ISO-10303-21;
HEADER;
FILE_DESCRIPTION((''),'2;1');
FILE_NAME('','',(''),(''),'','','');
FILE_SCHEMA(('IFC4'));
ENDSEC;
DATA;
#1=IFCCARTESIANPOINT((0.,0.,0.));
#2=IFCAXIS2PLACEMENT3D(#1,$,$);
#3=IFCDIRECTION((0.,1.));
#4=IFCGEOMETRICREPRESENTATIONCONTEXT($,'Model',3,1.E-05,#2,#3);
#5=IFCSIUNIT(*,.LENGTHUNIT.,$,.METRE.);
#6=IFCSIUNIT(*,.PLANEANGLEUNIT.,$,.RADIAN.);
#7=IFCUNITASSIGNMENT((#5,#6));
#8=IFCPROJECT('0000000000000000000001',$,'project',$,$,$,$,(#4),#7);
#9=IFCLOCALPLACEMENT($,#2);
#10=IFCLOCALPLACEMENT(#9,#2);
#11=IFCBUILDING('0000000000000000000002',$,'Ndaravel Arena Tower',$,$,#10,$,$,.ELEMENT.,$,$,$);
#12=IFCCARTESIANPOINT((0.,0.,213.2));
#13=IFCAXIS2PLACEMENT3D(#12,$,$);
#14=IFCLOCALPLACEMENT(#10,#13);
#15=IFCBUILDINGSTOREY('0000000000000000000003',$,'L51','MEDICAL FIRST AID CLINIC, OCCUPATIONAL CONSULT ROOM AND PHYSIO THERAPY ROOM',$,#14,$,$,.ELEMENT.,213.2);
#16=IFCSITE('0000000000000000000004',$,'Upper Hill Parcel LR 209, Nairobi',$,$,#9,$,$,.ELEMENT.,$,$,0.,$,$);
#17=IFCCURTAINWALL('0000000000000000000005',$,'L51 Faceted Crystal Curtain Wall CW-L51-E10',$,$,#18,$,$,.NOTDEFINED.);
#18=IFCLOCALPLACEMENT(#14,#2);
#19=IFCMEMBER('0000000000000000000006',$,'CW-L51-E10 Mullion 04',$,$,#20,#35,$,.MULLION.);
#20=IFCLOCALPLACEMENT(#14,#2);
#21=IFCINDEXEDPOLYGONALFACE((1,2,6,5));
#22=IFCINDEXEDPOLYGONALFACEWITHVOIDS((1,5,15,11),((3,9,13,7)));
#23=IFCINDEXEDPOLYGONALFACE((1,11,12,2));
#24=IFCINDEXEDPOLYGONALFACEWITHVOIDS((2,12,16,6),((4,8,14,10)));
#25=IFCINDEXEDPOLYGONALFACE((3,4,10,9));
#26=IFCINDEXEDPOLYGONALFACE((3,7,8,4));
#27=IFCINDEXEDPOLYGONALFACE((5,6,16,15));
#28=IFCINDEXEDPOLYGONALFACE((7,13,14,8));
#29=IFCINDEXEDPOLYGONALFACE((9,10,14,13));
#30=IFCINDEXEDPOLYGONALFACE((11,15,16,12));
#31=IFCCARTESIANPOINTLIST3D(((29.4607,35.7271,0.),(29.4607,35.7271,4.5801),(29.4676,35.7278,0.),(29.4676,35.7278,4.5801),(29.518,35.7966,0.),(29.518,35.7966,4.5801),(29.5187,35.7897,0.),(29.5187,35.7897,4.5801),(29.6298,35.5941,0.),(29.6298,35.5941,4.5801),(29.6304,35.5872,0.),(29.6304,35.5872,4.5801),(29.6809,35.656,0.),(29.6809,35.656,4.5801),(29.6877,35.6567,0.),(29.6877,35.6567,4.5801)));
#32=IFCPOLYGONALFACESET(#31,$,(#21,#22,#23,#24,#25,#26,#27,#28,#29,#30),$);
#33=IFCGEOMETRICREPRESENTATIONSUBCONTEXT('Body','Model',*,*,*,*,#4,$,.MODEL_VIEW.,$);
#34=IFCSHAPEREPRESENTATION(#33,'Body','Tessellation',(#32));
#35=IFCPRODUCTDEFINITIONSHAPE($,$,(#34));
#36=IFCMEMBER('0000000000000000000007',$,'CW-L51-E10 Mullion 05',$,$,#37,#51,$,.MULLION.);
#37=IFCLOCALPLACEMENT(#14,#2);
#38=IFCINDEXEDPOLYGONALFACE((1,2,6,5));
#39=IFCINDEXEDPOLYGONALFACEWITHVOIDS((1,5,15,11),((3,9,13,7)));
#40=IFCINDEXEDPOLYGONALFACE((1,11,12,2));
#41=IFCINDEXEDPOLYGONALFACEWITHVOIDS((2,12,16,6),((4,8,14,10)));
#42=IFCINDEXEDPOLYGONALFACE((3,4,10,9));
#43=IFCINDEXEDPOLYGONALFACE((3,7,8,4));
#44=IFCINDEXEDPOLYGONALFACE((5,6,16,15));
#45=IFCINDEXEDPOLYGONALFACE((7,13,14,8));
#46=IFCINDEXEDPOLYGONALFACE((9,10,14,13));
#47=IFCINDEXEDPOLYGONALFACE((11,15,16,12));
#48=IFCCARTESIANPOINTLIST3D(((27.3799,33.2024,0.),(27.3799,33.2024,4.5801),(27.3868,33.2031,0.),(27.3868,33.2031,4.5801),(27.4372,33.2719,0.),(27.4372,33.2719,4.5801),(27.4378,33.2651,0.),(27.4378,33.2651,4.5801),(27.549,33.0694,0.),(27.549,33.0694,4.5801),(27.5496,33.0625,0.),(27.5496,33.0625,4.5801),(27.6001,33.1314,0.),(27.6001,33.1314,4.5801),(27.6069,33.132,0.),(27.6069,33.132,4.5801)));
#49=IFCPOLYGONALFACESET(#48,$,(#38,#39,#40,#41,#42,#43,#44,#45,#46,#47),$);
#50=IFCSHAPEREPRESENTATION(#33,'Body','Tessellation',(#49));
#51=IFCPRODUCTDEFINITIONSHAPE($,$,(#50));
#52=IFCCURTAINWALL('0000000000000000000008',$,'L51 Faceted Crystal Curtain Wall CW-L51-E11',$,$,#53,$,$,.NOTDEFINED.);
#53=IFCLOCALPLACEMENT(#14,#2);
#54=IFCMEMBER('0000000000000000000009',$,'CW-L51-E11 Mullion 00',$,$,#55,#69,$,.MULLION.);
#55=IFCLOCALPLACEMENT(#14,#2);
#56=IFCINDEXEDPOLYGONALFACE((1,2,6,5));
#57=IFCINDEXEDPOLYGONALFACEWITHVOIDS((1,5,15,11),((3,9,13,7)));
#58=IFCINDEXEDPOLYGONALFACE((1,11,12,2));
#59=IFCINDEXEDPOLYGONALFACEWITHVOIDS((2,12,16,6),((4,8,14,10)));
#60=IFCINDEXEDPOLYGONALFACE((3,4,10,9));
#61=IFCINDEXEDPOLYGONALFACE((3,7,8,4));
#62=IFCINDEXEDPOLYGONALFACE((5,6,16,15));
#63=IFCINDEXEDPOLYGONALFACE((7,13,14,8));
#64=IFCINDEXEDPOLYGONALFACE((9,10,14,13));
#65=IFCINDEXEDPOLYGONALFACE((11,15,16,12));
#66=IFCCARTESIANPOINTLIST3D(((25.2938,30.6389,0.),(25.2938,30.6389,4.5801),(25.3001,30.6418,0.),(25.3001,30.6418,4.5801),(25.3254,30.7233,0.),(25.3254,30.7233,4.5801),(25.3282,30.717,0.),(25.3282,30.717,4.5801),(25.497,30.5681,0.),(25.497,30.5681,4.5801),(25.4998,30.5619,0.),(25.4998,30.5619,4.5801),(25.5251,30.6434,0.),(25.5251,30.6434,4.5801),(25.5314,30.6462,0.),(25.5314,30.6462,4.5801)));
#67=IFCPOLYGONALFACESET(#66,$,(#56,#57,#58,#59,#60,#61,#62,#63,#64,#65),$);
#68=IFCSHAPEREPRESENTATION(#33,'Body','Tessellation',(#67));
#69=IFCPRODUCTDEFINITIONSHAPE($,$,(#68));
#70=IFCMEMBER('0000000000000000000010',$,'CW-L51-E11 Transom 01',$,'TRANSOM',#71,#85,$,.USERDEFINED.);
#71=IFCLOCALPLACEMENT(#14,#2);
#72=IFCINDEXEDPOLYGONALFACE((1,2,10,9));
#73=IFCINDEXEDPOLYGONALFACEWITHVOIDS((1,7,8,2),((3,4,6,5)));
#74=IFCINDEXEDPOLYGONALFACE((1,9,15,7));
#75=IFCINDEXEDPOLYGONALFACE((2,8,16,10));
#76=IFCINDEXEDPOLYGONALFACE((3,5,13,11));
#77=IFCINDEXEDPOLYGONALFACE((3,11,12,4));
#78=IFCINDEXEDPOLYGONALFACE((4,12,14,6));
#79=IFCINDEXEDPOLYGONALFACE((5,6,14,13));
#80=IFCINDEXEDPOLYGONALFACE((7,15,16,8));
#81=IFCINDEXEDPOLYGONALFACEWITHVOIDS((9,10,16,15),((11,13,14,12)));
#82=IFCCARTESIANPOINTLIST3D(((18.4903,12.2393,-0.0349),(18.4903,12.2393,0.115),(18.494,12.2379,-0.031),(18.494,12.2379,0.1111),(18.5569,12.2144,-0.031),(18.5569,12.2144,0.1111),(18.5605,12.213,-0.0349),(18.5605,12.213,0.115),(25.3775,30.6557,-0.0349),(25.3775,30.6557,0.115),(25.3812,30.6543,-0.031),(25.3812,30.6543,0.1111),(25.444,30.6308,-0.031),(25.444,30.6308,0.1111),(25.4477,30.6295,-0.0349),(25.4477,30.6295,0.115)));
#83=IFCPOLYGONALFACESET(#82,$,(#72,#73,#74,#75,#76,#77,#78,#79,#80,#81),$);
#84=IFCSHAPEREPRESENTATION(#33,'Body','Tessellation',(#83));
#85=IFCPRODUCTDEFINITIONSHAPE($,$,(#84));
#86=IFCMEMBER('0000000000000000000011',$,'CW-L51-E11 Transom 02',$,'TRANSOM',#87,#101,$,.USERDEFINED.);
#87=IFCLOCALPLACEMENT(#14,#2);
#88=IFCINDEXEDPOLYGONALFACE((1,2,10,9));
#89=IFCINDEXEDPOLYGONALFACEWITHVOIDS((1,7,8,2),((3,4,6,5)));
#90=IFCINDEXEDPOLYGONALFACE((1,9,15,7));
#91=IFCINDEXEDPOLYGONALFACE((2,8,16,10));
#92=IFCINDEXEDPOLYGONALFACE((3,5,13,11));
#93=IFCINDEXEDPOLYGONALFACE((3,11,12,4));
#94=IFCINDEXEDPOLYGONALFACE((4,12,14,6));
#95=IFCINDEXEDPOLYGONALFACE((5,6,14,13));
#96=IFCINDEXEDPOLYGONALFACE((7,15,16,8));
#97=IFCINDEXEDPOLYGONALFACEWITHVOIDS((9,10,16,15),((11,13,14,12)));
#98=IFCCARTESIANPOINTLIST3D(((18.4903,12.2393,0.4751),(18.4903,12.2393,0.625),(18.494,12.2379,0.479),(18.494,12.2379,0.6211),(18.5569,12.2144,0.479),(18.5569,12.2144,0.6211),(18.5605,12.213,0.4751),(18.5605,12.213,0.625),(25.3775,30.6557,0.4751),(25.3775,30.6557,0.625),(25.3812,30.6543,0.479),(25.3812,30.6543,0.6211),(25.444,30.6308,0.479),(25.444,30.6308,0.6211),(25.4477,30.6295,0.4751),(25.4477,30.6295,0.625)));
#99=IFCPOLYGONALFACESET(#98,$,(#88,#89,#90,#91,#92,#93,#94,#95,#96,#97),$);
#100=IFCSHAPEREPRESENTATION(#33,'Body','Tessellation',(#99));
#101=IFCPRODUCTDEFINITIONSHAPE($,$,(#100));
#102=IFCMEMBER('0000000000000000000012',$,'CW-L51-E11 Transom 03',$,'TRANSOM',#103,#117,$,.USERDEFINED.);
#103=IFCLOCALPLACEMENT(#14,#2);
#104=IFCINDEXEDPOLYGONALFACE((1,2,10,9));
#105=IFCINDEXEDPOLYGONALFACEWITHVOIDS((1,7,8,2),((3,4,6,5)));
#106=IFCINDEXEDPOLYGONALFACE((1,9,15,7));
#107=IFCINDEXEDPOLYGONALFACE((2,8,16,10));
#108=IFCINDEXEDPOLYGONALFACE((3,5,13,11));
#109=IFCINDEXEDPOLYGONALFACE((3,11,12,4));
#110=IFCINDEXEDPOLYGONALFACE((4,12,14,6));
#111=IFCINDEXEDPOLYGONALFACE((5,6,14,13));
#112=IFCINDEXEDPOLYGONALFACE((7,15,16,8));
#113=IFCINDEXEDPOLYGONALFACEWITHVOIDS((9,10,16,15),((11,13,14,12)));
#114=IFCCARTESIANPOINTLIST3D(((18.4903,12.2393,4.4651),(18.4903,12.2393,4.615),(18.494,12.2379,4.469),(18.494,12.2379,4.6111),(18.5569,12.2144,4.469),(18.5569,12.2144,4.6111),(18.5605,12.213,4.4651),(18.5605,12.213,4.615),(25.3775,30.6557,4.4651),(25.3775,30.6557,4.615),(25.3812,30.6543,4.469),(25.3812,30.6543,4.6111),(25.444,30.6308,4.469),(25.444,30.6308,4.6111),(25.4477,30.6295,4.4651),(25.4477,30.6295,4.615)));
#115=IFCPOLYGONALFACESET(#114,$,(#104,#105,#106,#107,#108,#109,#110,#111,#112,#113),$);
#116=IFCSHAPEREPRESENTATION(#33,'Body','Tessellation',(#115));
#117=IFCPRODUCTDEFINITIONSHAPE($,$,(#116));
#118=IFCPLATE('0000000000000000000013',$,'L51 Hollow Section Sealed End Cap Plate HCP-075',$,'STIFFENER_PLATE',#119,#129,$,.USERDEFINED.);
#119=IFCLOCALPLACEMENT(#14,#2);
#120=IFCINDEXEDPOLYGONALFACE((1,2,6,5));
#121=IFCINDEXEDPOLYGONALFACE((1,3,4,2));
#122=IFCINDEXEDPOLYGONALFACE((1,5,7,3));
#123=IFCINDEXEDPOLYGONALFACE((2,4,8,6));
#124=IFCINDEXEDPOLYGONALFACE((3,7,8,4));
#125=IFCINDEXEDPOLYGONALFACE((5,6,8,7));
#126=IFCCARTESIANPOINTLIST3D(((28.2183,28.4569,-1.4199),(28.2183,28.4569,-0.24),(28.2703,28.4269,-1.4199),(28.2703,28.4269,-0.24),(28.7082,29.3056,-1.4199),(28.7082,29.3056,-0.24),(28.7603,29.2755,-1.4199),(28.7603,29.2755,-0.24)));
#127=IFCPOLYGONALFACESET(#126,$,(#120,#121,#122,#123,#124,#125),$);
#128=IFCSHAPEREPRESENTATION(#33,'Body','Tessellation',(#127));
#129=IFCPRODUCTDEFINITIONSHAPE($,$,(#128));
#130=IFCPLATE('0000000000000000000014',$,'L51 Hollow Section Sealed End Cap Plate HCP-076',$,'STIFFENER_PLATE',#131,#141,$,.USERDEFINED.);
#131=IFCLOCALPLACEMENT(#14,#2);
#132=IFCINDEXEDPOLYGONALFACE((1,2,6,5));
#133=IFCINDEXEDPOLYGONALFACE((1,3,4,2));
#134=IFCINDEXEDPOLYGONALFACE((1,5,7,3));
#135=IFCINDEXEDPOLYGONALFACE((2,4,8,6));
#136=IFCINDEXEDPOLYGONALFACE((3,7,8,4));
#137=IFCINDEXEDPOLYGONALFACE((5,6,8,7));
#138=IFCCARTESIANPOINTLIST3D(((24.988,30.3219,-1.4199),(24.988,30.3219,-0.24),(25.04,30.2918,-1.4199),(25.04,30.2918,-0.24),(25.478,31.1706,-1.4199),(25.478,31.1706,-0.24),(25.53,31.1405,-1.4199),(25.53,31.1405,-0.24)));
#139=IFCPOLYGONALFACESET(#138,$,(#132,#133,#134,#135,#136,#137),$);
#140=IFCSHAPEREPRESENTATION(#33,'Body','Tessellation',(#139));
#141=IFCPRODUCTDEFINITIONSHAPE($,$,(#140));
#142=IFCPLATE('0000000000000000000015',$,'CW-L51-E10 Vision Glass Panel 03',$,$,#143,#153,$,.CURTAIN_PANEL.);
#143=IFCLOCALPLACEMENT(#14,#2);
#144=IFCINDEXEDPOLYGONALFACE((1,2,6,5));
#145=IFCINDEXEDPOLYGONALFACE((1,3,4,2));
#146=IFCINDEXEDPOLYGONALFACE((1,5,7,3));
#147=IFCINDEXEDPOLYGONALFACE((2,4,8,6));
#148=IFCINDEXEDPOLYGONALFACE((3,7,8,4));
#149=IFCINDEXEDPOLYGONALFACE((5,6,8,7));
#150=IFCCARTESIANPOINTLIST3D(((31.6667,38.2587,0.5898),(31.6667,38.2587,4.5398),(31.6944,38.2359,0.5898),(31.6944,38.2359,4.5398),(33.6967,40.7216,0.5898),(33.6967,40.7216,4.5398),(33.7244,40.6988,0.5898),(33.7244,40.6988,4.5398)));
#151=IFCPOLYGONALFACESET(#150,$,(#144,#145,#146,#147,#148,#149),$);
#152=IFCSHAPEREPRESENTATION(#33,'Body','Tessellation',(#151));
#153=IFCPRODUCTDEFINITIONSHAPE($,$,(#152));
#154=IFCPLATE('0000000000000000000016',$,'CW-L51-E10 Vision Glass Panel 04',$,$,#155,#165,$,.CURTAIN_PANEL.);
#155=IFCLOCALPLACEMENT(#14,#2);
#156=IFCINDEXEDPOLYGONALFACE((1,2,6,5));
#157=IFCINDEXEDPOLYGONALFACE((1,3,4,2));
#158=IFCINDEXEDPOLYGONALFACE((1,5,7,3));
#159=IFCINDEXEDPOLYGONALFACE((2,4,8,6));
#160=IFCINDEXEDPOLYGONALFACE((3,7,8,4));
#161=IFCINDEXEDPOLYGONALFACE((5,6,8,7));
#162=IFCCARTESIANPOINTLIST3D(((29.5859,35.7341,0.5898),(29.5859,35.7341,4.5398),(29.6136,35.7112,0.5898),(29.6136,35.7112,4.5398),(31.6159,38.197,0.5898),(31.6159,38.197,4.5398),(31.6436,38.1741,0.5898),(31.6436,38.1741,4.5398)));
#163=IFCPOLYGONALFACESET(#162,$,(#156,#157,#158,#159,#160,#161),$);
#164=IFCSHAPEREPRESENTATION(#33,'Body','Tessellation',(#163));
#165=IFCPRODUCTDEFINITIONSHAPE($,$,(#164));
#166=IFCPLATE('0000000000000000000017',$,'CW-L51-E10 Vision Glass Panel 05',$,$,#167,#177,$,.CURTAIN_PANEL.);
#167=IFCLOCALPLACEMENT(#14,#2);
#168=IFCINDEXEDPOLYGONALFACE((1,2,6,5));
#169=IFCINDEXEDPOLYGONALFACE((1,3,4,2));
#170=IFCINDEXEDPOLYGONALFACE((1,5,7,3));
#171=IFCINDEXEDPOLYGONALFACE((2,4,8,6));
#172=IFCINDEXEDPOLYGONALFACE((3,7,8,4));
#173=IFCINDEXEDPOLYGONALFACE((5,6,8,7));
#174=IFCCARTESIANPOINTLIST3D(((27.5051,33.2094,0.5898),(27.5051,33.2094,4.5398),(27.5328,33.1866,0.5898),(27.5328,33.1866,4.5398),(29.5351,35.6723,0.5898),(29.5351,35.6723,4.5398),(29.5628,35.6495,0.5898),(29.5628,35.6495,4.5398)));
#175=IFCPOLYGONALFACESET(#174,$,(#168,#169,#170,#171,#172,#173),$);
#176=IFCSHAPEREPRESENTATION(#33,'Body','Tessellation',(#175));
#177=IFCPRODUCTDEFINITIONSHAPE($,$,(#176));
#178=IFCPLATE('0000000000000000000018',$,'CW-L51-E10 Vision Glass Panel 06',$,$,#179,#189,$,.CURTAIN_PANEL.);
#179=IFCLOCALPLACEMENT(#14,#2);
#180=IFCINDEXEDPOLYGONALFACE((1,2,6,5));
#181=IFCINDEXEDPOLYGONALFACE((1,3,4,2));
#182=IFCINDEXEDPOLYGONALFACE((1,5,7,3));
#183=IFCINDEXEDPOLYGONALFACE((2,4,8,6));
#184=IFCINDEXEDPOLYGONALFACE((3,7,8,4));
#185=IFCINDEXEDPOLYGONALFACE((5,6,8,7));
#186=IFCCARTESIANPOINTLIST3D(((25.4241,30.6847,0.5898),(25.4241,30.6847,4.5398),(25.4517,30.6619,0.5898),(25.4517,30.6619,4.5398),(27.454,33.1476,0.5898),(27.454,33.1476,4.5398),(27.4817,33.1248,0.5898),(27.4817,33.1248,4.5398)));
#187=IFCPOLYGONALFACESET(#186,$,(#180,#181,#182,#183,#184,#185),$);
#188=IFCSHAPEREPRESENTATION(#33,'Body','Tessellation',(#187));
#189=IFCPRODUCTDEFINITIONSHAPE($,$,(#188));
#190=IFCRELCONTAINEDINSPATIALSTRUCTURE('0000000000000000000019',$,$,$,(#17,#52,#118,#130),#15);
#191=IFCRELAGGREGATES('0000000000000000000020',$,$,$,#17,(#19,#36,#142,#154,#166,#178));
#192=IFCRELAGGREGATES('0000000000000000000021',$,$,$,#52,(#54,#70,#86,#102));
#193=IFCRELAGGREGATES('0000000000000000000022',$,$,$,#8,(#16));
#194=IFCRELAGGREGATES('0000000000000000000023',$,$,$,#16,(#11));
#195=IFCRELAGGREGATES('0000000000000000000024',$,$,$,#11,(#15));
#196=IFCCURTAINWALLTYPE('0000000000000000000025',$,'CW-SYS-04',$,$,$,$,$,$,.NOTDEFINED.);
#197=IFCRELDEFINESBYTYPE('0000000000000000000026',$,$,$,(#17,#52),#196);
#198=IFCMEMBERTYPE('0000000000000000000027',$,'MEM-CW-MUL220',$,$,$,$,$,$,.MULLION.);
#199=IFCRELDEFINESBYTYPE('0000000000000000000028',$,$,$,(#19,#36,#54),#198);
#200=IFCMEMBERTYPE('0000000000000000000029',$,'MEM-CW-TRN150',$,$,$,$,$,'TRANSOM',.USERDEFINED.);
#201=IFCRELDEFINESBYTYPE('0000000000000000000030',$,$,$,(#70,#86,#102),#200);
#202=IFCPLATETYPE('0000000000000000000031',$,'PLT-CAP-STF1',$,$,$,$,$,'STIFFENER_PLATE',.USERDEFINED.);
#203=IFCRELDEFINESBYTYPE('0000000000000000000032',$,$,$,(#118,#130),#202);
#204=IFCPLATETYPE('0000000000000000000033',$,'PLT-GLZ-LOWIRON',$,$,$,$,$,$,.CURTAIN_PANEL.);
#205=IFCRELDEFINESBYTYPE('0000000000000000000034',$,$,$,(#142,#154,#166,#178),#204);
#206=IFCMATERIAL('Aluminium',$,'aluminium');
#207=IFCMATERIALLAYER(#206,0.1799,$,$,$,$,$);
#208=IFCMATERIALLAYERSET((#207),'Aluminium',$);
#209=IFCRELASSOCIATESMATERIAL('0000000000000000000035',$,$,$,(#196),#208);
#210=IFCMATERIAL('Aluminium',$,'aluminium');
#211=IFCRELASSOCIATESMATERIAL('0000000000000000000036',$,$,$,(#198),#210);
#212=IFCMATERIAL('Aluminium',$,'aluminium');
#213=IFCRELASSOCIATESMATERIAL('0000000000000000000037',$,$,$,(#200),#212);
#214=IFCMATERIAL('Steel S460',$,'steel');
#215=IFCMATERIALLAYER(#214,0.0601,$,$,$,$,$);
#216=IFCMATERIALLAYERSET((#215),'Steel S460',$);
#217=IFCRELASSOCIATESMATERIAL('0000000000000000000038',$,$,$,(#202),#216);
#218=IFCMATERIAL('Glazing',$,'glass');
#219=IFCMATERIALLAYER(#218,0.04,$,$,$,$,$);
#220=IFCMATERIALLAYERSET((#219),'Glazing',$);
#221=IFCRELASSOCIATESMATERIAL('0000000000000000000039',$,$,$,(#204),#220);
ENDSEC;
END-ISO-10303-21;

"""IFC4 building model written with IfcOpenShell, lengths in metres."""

from ifc_helpers import new_model, si_unit, direction, frame, origin, origin_2d, place, context, subcontext, project, spatial, rectangle, hollow_rectangle, extrude, material, layer, layer_set, material_profile, profile_set, type_object, element, aggregate, save


model = new_model("IFC4")

# Units and contexts
model_context = context("Model", 3, precision=1e-05, world=origin(), true_north=direction((0.0, 1.0)))
body_context = subcontext(model_context, "Body", "Model", "MODEL_VIEW")
ifc_project = project(units=[si_unit("LENGTHUNIT", "METRE"), si_unit("PLANEANGLEUNIT", "RADIAN")], contexts=[model_context])

# Site, building, storey
site_placement = place(None, origin())
site = spatial("IfcSite", under=ifc_project, at=site_placement, Name="Upper Hill Parcel LR 209, Nairobi", CompositionType="ELEMENT", RefElevation=0.0)
building_placement = place(site_placement, origin())
building = spatial("IfcBuilding", under=site, at=building_placement, Name="Ndaravel Arena Tower", CompositionType="ELEMENT")
storey_placement = place(building_placement, frame((0.0, 0.0, 213.2)))
storey = spatial("IfcBuildingStorey", under=building, at=storey_placement, Name="L51", Description="MEDICAL FIRST AID CLINIC, OCCUPATIONAL CONSULT ROOM AND PHYSIO THERAPY ROOM", CompositionType="ELEMENT", Elevation=213.2)

# Curtain walls, members
ifc_material_1 = material(Name="Aluminium", Category="aluminium")
ifc_layer_1 = layer(ifc_material_1, 0.1799)
ifc_layer_set_1 = layer_set([ifc_layer_1], Name="Aluminium")
curtain_wall_type = type_object("IfcCurtainWallType", Name="CW-SYS-04", PredefinedType="NOTDEFINED", material=ifc_layer_set_1)
curtain_wall_1_placement = place(storey_placement, origin())
curtain_wall_1 = element("IfcCurtainWall", 1, at=curtain_wall_1_placement, inside=storey, type_object=curtain_wall_type, Name="L51 Faceted Crystal Curtain Wall CW-L51-E10", PredefinedType="NOTDEFINED")
ifc_material_2 = material(Name="Aluminium", Category="aluminium")
ifc_material_profile_1 = material_profile(ifc_material_2, hollow_rectangle(XDim=0.0901, YDim=0.22, WallThickness=0.0049, at=origin_2d()), Name="CW MULLION 90x220x5")
ifc_profile_set_1 = profile_set([ifc_material_profile_1], Name="Aluminium")
member_type_1 = type_object("IfcMemberType", Name="MEM-CW-MUL220", PredefinedType="MULLION", material=ifc_profile_set_1)
member_1_placement = place(storey_placement, frame((29.5742, 35.6919, 0.0), z_axis=(0.0, 0.0, 1.0), x_axis=(-0.636024, -0.771669, 0.0)))
member_1 = element("IfcMember", 2, at=member_1_placement, type_object=member_type_1, Name="CW-L51-E10 Mullion 04", PredefinedType="MULLION", context=body_context, shape_type="SweptSolid", body=[
    extrude(hollow_rectangle(XDim=0.0901, YDim=0.22, WallThickness=0.0049, at=origin_2d()), origin(), (0.0, 0.0, 1.0), 4.5801),
])
member_2_placement = place(storey_placement, frame((27.4934, 33.1672, 0.0), z_axis=(0.0, 0.0, 1.0), x_axis=(-0.636024, -0.771669, 0.0)))
member_2 = element("IfcMember", 3, at=member_2_placement, type_object=member_type_1, Name="CW-L51-E10 Mullion 05", PredefinedType="MULLION", context=body_context, shape_type="SweptSolid", body=[
    extrude(hollow_rectangle(XDim=0.0901, YDim=0.22, WallThickness=0.0049, at=origin_2d()), origin(), (0.0, 0.0, 1.0), 4.5801),
])
curtain_wall_2_placement = place(storey_placement, origin())
curtain_wall_2 = element("IfcCurtainWall", 4, at=curtain_wall_2_placement, inside=storey, type_object=curtain_wall_type, Name="L51 Faceted Crystal Curtain Wall CW-L51-E11", PredefinedType="NOTDEFINED")
member_3_placement = place(storey_placement, frame((25.4126, 30.6426, 0.0), z_axis=(0.0, 0.0, 1.0), x_axis=(-0.350273, -0.936648, 0.0)))
member_3 = element("IfcMember", 5, at=member_3_placement, type_object=member_type_1, Name="CW-L51-E11 Mullion 00", PredefinedType="MULLION", context=body_context, shape_type="SweptSolid", body=[
    extrude(hollow_rectangle(XDim=0.0901, YDim=0.22, WallThickness=0.0049, at=origin_2d()), origin(), (0.0, 0.0, 1.0), 4.5801),
])
ifc_material_3 = material(Name="Aluminium", Category="aluminium")
ifc_material_profile_2 = material_profile(ifc_material_3, hollow_rectangle(XDim=0.075, YDim=0.1499, WallThickness=0.0039, at=origin_2d()), Name="CW TRANSOM 75x150x4")
ifc_profile_set_2 = profile_set([ifc_material_profile_2], Name="Aluminium")
member_type_2 = type_object("IfcMemberType", Name="MEM-CW-TRN150", ElementType="TRANSOM", PredefinedType="USERDEFINED", material=ifc_profile_set_2)
member_4_placement = place(storey_placement, frame((25.4126, 30.6426, 0.04), z_axis=(-0.350277, -0.936646, 0.0), x_axis=(0.936646, -0.350277, 0.0)))
member_4 = element("IfcMember", 6, at=member_4_placement, type_object=member_type_2, Name="CW-L51-E11 Transom 01", ObjectType="TRANSOM", PredefinedType="USERDEFINED", context=body_context, shape_type="SweptSolid", body=[
    extrude(hollow_rectangle(XDim=0.075, YDim=0.1499, WallThickness=0.0039, at=origin_2d()), origin(), (0.0, 0.0, 1.0), 19.6621),
])
member_5_placement = place(storey_placement, frame((25.4126, 30.6426, 0.55), z_axis=(-0.350277, -0.936646, 0.0), x_axis=(0.936646, -0.350277, 0.0)))
member_5 = element("IfcMember", 7, at=member_5_placement, type_object=member_type_2, Name="CW-L51-E11 Transom 02", ObjectType="TRANSOM", PredefinedType="USERDEFINED", context=body_context, shape_type="SweptSolid", body=[
    extrude(hollow_rectangle(XDim=0.075, YDim=0.1499, WallThickness=0.0039, at=origin_2d()), origin(), (0.0, 0.0, 1.0), 19.6621),
])
member_6_placement = place(storey_placement, frame((25.4126, 30.6426, 4.54), z_axis=(-0.350277, -0.936646, 0.0), x_axis=(0.936646, -0.350277, 0.0)))
member_6 = element("IfcMember", 8, at=member_6_placement, type_object=member_type_2, Name="CW-L51-E11 Transom 03", ObjectType="TRANSOM", PredefinedType="USERDEFINED", context=body_context, shape_type="SweptSolid", body=[
    extrude(hollow_rectangle(XDim=0.075, YDim=0.1499, WallThickness=0.0039, at=origin_2d()), origin(), (0.0, 0.0, 1.0), 19.6621),
])

# Plates
ifc_material_4 = material(Name="Steel S460", Category="steel")
ifc_layer_2 = layer(ifc_material_4, 0.0601)
ifc_layer_set_2 = layer_set([ifc_layer_2], Name="Steel S460")
plate_type_1 = type_object("IfcPlateType", Name="PLT-CAP-STF1", ElementType="STIFFENER_PLATE", PredefinedType="USERDEFINED", material=ifc_layer_set_2)
for number, where, z_axis, x_axis, name in (
    (9, (28.4893, 28.8662, -1.4199), (0.0, 0.0, 1.0), (-0.866025, 0.5, 0.0), "L51 Hollow Section Sealed End Cap Plate HCP-075"),
    (10, (25.259, 30.7312, -1.4199), (0.0, 0.0, 1.0), (-0.866025, 0.5, 0.0), "L51 Hollow Section Sealed End Cap Plate HCP-076"),
):
    element("IfcPlate", number, at=place(storey_placement, frame(where, z_axis=z_axis, x_axis=x_axis)), inside=storey, type_object=plate_type_1, Name=name, ObjectType="STIFFENER_PLATE", PredefinedType="USERDEFINED", context=body_context, shape_type="SweptSolid", body=[
        extrude(rectangle(XDim=0.0601, YDim=0.98, at=origin_2d()), origin(), (0.0, 0.0, 1.0), 1.1799),
    ])

# Plates
ifc_material_5 = material(Name="Glazing", Category="glass")
ifc_layer_3 = layer(ifc_material_5, 0.04)
ifc_layer_set_3 = layer_set([ifc_layer_3], Name="Glazing")
plate_type_2 = type_object("IfcPlateType", Name="PLT-GLZ-LOWIRON", PredefinedType="CURTAIN_PANEL", material=ifc_layer_set_3)
plate_1_placement = place(storey_placement, frame((32.6956, 39.4788, 0.5898), z_axis=(0.0, 0.0, 1.0), x_axis=(-0.636024, -0.771669, 0.0)))
plate_1 = element("IfcPlate", 11, at=plate_1_placement, type_object=plate_type_2, Name="CW-L51-E10 Vision Glass Panel 03", PredefinedType="CURTAIN_PANEL", context=body_context, shape_type="SweptSolid", body=[
    extrude(rectangle(XDim=3.1917, YDim=0.0359, at=origin_2d()), origin(), (0.0, 0.0, 1.0), 3.95),
])
plate_2_placement = place(storey_placement, frame((30.6147, 36.9541, 0.5898), z_axis=(0.0, 0.0, 1.0), x_axis=(-0.636024, -0.771669, 0.0)))
plate_2 = element("IfcPlate", 12, at=plate_2_placement, type_object=plate_type_2, Name="CW-L51-E10 Vision Glass Panel 04", PredefinedType="CURTAIN_PANEL", context=body_context, shape_type="SweptSolid", body=[
    extrude(rectangle(XDim=3.1917, YDim=0.0359, at=origin_2d()), origin(), (0.0, 0.0, 1.0), 3.95),
])
plate_3_placement = place(storey_placement, frame((28.5339, 34.4294, 0.5898), z_axis=(0.0, 0.0, 1.0), x_axis=(-0.636024, -0.771669, 0.0)))
plate_3 = element("IfcPlate", 13, at=plate_3_placement, type_object=plate_type_2, Name="CW-L51-E10 Vision Glass Panel 05", PredefinedType="CURTAIN_PANEL", context=body_context, shape_type="SweptSolid", body=[
    extrude(rectangle(XDim=3.1917, YDim=0.0359, at=origin_2d()), origin(), (0.0, 0.0, 1.0), 3.95),
])
plate_4_placement = place(storey_placement, frame((26.4529, 31.9048, 0.5898), z_axis=(0.0, 0.0, 1.0), x_axis=(-0.636024, -0.771669, 0.0)))
plate_4 = element("IfcPlate", 14, at=plate_4_placement, type_object=plate_type_2, Name="CW-L51-E10 Vision Glass Panel 06", PredefinedType="CURTAIN_PANEL", context=body_context, shape_type="SweptSolid", body=[
    extrude(rectangle(XDim=3.1917, YDim=0.0359, at=origin_2d()), origin(), (0.0, 0.0, 1.0), 3.95),
])
aggregate(curtain_wall_1, [member_1, member_2, plate_1, plate_2, plate_3, plate_4])
aggregate(curtain_wall_2, [member_3, member_4, member_5, member_6])

save(model, "model.ifc")
